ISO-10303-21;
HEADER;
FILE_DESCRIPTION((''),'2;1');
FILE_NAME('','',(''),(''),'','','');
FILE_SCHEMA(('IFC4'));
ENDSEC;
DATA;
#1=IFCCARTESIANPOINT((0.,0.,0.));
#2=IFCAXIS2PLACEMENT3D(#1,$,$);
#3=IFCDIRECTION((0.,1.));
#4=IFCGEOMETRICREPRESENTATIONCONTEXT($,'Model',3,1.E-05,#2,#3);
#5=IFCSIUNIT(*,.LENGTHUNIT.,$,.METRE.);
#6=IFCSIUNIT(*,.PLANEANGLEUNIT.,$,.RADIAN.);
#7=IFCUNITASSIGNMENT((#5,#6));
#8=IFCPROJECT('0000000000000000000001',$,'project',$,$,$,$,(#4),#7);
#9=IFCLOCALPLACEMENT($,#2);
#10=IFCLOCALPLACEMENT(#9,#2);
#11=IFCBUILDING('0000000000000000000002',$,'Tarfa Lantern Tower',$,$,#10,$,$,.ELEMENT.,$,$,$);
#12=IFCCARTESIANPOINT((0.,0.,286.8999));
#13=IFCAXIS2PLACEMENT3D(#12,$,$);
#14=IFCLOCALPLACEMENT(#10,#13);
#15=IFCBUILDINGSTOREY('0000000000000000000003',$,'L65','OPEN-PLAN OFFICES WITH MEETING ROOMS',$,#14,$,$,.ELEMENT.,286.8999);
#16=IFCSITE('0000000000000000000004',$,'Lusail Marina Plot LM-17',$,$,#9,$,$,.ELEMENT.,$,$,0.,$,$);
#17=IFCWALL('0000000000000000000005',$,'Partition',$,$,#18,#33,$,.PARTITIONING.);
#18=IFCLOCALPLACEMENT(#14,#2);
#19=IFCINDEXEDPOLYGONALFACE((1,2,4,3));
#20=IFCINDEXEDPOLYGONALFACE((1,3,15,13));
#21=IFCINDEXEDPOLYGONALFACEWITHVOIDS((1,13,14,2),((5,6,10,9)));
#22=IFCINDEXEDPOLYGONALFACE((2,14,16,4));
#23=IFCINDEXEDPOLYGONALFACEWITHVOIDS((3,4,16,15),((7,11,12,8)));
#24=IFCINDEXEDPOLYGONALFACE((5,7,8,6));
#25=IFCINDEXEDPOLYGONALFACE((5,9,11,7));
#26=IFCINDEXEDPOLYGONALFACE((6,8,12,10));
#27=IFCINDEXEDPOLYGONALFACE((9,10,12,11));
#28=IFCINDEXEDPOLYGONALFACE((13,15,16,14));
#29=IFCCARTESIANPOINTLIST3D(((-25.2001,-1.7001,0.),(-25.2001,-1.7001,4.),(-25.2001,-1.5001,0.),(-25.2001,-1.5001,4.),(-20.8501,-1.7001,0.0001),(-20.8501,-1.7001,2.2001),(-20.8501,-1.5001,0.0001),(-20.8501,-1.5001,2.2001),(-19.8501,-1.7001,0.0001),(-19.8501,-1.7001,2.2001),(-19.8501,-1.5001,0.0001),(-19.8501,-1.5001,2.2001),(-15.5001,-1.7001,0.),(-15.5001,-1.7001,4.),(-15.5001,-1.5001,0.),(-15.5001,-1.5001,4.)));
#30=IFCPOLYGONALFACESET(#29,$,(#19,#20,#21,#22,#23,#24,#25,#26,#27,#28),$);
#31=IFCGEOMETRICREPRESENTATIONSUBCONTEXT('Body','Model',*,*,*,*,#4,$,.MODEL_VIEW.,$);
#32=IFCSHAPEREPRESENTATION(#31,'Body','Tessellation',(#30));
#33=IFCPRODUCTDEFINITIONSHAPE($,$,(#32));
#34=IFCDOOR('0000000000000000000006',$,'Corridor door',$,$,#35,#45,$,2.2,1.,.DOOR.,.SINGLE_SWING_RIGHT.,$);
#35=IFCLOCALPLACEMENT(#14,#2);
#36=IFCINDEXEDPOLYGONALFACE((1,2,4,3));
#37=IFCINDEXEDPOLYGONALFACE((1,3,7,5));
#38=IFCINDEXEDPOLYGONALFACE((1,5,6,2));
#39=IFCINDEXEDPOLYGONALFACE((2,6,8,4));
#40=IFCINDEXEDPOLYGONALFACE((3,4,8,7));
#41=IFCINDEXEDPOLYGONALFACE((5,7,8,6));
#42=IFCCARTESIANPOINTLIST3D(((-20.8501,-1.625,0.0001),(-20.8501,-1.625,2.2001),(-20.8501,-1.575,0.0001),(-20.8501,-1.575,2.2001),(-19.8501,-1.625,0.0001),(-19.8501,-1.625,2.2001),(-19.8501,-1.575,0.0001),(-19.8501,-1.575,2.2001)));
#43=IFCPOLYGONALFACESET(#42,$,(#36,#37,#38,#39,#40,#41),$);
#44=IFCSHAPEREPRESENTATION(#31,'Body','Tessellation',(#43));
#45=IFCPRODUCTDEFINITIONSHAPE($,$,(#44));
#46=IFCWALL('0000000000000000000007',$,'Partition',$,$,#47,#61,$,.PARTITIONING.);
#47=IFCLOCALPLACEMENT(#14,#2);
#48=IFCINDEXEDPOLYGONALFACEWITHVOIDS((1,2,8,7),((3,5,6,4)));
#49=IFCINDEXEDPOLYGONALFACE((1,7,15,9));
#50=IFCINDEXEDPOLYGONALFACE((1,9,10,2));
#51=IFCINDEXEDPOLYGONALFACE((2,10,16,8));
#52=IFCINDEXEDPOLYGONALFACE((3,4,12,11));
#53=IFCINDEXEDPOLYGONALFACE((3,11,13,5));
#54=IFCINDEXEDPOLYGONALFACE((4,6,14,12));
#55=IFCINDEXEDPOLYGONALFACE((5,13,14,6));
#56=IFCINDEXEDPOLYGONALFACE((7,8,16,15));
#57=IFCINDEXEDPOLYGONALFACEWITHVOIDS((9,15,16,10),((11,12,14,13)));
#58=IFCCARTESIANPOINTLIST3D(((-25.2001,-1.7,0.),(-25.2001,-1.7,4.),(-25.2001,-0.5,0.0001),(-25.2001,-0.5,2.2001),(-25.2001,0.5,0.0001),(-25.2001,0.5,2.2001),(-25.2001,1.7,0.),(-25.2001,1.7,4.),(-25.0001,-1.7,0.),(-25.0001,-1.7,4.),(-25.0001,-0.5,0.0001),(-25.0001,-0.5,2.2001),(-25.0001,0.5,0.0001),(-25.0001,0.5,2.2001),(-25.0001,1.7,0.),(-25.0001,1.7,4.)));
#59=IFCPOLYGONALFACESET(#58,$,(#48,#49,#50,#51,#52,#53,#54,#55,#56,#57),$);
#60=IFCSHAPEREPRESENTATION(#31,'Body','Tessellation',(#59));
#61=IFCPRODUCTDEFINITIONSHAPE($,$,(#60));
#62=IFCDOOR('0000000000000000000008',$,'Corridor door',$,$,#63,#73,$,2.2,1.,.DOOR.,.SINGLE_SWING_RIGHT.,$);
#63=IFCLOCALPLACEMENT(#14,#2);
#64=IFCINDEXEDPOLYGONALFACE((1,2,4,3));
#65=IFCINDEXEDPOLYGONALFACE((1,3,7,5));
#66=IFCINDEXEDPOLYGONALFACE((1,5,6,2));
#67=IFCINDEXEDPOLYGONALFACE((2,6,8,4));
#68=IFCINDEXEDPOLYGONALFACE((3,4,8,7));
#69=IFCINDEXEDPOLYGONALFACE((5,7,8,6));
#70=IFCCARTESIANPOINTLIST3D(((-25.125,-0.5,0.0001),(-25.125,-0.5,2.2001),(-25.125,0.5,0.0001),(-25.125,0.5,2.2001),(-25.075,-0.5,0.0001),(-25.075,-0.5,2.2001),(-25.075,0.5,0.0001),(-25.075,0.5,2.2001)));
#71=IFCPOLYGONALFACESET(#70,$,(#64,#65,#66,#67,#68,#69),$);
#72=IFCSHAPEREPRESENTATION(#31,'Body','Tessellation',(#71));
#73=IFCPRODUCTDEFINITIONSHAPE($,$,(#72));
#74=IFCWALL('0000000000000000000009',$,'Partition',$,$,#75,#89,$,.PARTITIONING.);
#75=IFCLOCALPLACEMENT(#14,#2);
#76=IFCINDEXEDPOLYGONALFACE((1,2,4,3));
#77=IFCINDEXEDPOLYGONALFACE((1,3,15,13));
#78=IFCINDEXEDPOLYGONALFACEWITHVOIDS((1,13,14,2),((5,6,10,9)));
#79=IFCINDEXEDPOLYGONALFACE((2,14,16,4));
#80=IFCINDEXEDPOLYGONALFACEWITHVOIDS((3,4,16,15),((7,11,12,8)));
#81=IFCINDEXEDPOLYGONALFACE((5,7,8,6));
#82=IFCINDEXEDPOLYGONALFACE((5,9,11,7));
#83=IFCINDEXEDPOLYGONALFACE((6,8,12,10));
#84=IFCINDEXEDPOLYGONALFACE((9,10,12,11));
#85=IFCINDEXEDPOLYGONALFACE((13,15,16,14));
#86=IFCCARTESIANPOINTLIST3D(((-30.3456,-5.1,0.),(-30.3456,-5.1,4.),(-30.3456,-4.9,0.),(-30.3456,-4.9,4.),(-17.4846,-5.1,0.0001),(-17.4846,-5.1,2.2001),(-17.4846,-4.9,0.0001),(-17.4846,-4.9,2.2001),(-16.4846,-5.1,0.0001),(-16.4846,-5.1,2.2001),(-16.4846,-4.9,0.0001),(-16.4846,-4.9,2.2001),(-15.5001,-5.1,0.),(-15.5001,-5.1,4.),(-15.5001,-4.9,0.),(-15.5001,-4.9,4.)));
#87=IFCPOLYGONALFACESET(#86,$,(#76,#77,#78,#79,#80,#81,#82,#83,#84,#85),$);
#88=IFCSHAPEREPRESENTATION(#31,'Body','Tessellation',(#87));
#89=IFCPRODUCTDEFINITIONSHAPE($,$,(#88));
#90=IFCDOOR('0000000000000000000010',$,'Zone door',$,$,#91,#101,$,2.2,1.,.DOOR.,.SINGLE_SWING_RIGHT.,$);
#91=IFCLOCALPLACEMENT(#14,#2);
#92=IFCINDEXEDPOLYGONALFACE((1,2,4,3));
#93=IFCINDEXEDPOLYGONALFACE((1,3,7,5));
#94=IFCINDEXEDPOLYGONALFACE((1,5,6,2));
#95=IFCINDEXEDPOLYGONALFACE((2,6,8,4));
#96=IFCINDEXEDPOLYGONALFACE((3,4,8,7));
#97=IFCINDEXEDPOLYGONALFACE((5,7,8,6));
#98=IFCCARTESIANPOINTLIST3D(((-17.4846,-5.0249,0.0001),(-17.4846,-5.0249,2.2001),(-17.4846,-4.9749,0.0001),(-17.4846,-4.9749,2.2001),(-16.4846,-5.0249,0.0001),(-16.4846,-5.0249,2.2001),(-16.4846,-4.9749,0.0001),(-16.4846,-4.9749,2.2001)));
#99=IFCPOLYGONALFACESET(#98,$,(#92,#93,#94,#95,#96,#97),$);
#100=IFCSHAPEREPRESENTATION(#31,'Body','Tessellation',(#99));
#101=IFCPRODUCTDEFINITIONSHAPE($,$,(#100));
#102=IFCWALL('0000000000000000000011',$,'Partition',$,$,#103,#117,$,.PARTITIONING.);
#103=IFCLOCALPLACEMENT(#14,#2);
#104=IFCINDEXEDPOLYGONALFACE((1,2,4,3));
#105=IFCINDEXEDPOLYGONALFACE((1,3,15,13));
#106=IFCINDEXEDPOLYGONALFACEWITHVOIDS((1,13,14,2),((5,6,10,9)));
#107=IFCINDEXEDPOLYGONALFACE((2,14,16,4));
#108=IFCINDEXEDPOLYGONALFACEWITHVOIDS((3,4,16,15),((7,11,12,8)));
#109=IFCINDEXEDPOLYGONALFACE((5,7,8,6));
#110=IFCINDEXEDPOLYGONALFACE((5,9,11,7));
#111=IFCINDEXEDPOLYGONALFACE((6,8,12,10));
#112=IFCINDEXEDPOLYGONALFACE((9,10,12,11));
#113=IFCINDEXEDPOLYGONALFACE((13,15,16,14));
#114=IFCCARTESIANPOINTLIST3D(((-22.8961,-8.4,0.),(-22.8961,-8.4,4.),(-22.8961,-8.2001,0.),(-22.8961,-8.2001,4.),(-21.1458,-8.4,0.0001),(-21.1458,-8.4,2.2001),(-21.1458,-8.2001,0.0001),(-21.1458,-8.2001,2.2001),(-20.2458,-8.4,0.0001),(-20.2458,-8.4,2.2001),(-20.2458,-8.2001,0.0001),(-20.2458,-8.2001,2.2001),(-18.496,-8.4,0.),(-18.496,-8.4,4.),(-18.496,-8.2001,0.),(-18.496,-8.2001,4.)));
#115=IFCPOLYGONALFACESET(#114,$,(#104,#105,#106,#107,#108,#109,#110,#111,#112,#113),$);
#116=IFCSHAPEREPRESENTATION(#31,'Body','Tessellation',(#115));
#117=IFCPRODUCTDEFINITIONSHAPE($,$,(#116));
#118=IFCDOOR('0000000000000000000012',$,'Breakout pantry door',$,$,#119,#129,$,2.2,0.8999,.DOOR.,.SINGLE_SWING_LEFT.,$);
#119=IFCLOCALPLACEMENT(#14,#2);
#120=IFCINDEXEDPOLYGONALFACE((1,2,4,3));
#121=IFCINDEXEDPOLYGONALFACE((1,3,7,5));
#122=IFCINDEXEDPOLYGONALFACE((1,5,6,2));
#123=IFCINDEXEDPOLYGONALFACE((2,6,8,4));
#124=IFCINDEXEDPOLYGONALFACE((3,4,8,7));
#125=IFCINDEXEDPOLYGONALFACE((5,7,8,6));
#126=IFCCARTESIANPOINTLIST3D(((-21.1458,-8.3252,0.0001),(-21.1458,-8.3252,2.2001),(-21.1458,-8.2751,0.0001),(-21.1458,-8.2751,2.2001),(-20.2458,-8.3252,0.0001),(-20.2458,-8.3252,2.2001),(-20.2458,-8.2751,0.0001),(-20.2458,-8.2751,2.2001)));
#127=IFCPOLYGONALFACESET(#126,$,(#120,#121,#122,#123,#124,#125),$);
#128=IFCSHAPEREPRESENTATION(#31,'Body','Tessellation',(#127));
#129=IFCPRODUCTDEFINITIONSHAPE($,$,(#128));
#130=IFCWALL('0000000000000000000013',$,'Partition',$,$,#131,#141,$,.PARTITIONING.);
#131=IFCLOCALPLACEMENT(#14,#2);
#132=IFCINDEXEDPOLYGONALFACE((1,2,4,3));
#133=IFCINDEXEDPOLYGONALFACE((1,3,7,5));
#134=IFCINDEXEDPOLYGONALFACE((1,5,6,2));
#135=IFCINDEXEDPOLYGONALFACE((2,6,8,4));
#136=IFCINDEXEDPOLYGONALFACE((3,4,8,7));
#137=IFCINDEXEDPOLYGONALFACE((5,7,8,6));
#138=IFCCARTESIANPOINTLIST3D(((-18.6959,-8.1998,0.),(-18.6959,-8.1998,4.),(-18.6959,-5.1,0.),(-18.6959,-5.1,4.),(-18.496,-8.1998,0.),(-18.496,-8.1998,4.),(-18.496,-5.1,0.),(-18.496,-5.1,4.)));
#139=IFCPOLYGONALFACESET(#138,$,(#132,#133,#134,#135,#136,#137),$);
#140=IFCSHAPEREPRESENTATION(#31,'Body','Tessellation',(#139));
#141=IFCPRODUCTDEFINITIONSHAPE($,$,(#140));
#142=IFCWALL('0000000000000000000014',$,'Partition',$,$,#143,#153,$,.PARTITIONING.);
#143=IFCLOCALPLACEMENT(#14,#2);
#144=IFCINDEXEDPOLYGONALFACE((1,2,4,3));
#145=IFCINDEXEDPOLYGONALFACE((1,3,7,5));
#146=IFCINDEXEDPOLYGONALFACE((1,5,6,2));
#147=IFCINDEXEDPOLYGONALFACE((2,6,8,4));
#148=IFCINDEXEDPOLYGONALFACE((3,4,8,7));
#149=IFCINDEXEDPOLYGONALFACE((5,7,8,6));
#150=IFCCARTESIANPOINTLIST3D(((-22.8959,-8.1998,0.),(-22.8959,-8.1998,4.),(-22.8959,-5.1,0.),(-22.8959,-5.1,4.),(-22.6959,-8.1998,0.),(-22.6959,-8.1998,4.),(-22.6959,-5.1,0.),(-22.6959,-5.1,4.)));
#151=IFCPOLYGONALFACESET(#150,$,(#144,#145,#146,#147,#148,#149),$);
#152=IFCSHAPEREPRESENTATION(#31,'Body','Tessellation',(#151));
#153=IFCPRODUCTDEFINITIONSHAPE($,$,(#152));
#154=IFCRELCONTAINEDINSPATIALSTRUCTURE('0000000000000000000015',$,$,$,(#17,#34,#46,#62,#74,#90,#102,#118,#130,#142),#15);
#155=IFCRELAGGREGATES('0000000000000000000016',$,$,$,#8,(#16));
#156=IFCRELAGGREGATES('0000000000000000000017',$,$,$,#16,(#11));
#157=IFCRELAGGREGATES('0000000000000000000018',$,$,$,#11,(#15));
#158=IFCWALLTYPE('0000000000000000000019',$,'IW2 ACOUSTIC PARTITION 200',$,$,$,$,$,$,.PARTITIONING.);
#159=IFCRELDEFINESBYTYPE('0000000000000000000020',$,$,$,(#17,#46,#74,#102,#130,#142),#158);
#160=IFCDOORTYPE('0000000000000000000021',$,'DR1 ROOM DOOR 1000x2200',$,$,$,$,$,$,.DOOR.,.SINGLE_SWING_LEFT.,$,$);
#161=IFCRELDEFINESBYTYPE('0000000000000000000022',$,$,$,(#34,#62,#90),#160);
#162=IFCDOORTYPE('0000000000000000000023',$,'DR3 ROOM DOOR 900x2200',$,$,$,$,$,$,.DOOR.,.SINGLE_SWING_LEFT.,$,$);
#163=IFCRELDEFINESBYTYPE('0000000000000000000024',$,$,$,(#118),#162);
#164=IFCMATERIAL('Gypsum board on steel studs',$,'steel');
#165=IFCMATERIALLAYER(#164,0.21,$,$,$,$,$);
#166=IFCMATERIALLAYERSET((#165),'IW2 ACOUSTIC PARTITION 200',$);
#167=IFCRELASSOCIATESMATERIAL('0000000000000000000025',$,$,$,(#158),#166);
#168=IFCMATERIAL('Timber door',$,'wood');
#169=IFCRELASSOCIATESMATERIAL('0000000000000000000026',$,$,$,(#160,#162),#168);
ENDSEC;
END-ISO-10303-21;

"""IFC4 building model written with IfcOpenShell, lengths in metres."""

from ifc_helpers import new_model, si_unit, direction, frame, frame_2d, origin, place, context, subcontext, project, spatial, rectangle, extrude, material, layer, layer_set, type_object, element, fill, save


model = new_model("IFC4")

# Units and contexts
model_context = context("Model", 3, precision=1e-05, world=origin(), true_north=direction((0.0, 1.0)))
body_context = subcontext(model_context, "Body", "Model", "MODEL_VIEW")
ifc_project = project(units=[si_unit("LENGTHUNIT", "METRE"), si_unit("PLANEANGLEUNIT", "RADIAN")], contexts=[model_context])

# Site, building, storey
site_placement = place(None, origin())
site = spatial("IfcSite", under=ifc_project, at=site_placement, Name="Lusail Marina Plot LM-17", CompositionType="ELEMENT", RefElevation=0.0)
building_placement = place(site_placement, origin())
building = spatial("IfcBuilding", under=site, at=building_placement, Name="Tarfa Lantern Tower", CompositionType="ELEMENT")
storey_placement = place(building_placement, frame((0.0, 0.0, 286.8999)))
storey = spatial("IfcBuildingStorey", under=building, at=storey_placement, Name="L65", Description="OPEN-PLAN OFFICES WITH MEETING ROOMS", CompositionType="ELEMENT", Elevation=286.8999)

# Walls, openings, doors
ifc_material_1 = material(Name="Gypsum board on steel studs", Category="steel")
ifc_layer_1 = layer(ifc_material_1, 0.21)
ifc_layer_set_1 = layer_set([ifc_layer_1], Name="IW2 ACOUSTIC PARTITION 200")
wall_type_1 = type_object("IfcWallType", Name="IW2 ACOUSTIC PARTITION 200", PredefinedType="PARTITIONING", material=ifc_layer_set_1)
ifc_material_2 = material(Name="Timber door", Category="wood")
door_type_1 = type_object("IfcDoorType", Name="DR1 ROOM DOOR 1000x2200", OperationType="SINGLE_SWING_LEFT", PredefinedType="DOOR", material=ifc_material_2)
wall_1_placement = place(storey_placement, frame((-15.5, -1.6001, 0.0), z_axis=(0.0, 0.0, 1.0), x_axis=(-1.0, 0.0, 0.0)))
wall_1 = element("IfcWall", 1, at=wall_1_placement, inside=storey, type_object=wall_type_1, Name="Partition", PredefinedType="PARTITIONING", context=body_context, shape_type="SweptSolid", body=[
    extrude(rectangle(XDim=9.7, YDim=0.2, at=frame_2d((4.8501, 0.0))), origin(), (0.0, 0.0, 1.0), 4.0),
])
opening_1_placement = place(wall_1_placement, frame((4.3501, 0.0, 0.0)))
opening_1 = element("IfcOpeningElement", 2, at=opening_1_placement, cuts=wall_1, PredefinedType="OPENING", context=body_context, shape_type="SweptSolid", body=[
    extrude(rectangle(XDim=1.0, YDim=2.2, at=frame_2d((0.5, 1.1001))), frame((0.0, 0.1099, 0.0), z_axis=(0.0, -1.0, 0.0), x_axis=(1.0, 0.0, 0.0)), (0.0, 0.0, 1.0), 0.22),
])
door_1_placement = place(opening_1_placement, origin())
door_1 = element("IfcDoor", 3, at=door_1_placement, inside=storey, type_object=door_type_1, Name="Corridor door", OperationType="SINGLE_SWING_RIGHT", OverallHeight=2.2, OverallWidth=1.0, PredefinedType="DOOR", context=body_context, shape_type="SweptSolid", body=[
    extrude(rectangle(XDim=1.0, YDim=2.2, at=frame_2d((0.5, 1.1001))), frame((0.0, 0.0249, 0.0), z_axis=(0.0, -1.0, 0.0), x_axis=(1.0, 0.0, 0.0)), (0.0, 0.0, 1.0), 0.05),
])
fill(opening_1, door_1)
wall_2_placement = place(storey_placement, frame((-25.1001, -1.7, 0.0), z_axis=(0.0, 0.0, 1.0), x_axis=(0.0, 1.0, 0.0)))
wall_2 = element("IfcWall", 4, at=wall_2_placement, inside=storey, type_object=wall_type_1, Name="Partition", PredefinedType="PARTITIONING", context=body_context, shape_type="SweptSolid", body=[
    extrude(rectangle(XDim=3.3999, YDim=0.2, at=frame_2d((1.7, 0.0))), origin(), (0.0, 0.0, 1.0), 4.0),
])
opening_2_placement = place(wall_2_placement, frame((1.2, 0.0, 0.0)))
opening_2 = element("IfcOpeningElement", 5, at=opening_2_placement, cuts=wall_2, PredefinedType="OPENING", context=body_context, shape_type="SweptSolid", body=[
    extrude(rectangle(XDim=1.0, YDim=2.2, at=frame_2d((0.5, 1.1001))), frame((0.0, 0.1099, 0.0), z_axis=(0.0, -1.0, 0.0), x_axis=(1.0, 0.0, 0.0)), (0.0, 0.0, 1.0), 0.22),
])
door_2_placement = place(opening_2_placement, origin())
door_2 = element("IfcDoor", 6, at=door_2_placement, inside=storey, type_object=door_type_1, Name="Corridor door", OperationType="SINGLE_SWING_RIGHT", OverallHeight=2.2, OverallWidth=1.0, PredefinedType="DOOR", context=body_context, shape_type="SweptSolid", body=[
    extrude(rectangle(XDim=1.0, YDim=2.2, at=frame_2d((0.5, 1.1001))), frame((0.0, 0.0249, 0.0), z_axis=(0.0, -1.0, 0.0), x_axis=(1.0, 0.0, 0.0)), (0.0, 0.0, 1.0), 0.05),
])
fill(opening_2, door_2)
wall_3_placement = place(storey_placement, frame((-15.5, -5.0, 0.0), z_axis=(0.0, 0.0, 1.0), x_axis=(-1.0, 0.0, 0.0)))
wall_3 = element("IfcWall", 7, at=wall_3_placement, inside=storey, type_object=wall_type_1, Name="Partition", PredefinedType="PARTITIONING", context=body_context, shape_type="SweptSolid", body=[
    extrude(rectangle(XDim=14.8455, YDim=0.2, at=frame_2d((7.4229, 0.0))), origin(), (0.0, 0.0, 1.0), 4.0),
])
opening_3_placement = place(wall_3_placement, frame((0.9846, 0.0, 0.0)))
opening_3 = element("IfcOpeningElement", 8, at=opening_3_placement, cuts=wall_3, PredefinedType="OPENING", context=body_context, shape_type="SweptSolid", body=[
    extrude(rectangle(XDim=1.0, YDim=2.2, at=frame_2d((0.5, 1.1001))), frame((0.0, 0.1099, 0.0), z_axis=(0.0, -1.0, 0.0), x_axis=(1.0, 0.0, 0.0)), (0.0, 0.0, 1.0), 0.22),
])
door_3_placement = place(opening_3_placement, origin())
door_3 = element("IfcDoor", 9, at=door_3_placement, inside=storey, type_object=door_type_1, Name="Zone door", OperationType="SINGLE_SWING_RIGHT", OverallHeight=2.2, OverallWidth=1.0, PredefinedType="DOOR", context=body_context, shape_type="SweptSolid", body=[
    extrude(rectangle(XDim=1.0, YDim=2.2, at=frame_2d((0.5, 1.1001))), frame((0.0, 0.0249, 0.0), z_axis=(0.0, -1.0, 0.0), x_axis=(1.0, 0.0, 0.0)), (0.0, 0.0, 1.0), 0.05),
])
fill(opening_3, door_3)
wall_4_placement = place(storey_placement, frame((-18.4958, -8.3, 0.0), z_axis=(0.0, 0.0, 1.0), x_axis=(-1.0, 0.0, 0.0)))
wall_4 = element("IfcWall", 10, at=wall_4_placement, inside=storey, type_object=wall_type_1, Name="Partition", PredefinedType="PARTITIONING", context=body_context, shape_type="SweptSolid", body=[
    extrude(rectangle(XDim=4.4001, YDim=0.2, at=frame_2d((2.2002, 0.0))), origin(), (0.0, 0.0, 1.0), 4.0),
])
opening_4_placement = place(wall_4_placement, frame((1.75, 0.0, 0.0)))
opening_4 = element("IfcOpeningElement", 11, at=opening_4_placement, cuts=wall_4, PredefinedType="OPENING", context=body_context, shape_type="SweptSolid", body=[
    extrude(rectangle(XDim=0.8999, YDim=2.2, at=frame_2d((0.45, 1.1001))), frame((0.0, 0.1099, 0.0), z_axis=(0.0, -1.0, 0.0), x_axis=(1.0, 0.0, 0.0)), (0.0, 0.0, 1.0), 0.22),
])
door_type_2 = type_object("IfcDoorType", Name="DR3 ROOM DOOR 900x2200", OperationType="SINGLE_SWING_LEFT", PredefinedType="DOOR", material=ifc_material_2)
door_4_placement = place(opening_4_placement, frame((0.8999, 0.0, 0.0), z_axis=(0.0, 0.0, 1.0), x_axis=(-1.0, 0.0, 0.0)))
door_4 = element("IfcDoor", 12, at=door_4_placement, inside=storey, type_object=door_type_2, Name="Breakout pantry door", OperationType="SINGLE_SWING_LEFT", OverallHeight=2.2, OverallWidth=0.8999, PredefinedType="DOOR", context=body_context, shape_type="SweptSolid", body=[
    extrude(rectangle(XDim=0.8999, YDim=2.2, at=frame_2d((0.45, 1.1001))), frame((0.0, 0.0249, 0.0), z_axis=(0.0, -1.0, 0.0), x_axis=(1.0, 0.0, 0.0)), (0.0, 0.0, 1.0), 0.05),
])
fill(opening_4, door_4)

# Walls
for number, where, z_axis, x_axis, name in (
    (13, (-18.5959, -5.1001, 0.0), (0.0, 0.0, 1.0), (0.0, -1.0, 0.0), "Partition"),
    (14, (-22.7959, -5.1001, 0.0), (0.0, 0.0, 1.0), (0.0, -1.0, 0.0), "Partition"),
):
    element("IfcWall", number, at=place(storey_placement, frame(where, z_axis=z_axis, x_axis=x_axis)), inside=storey, type_object=wall_type_1, Name=name, PredefinedType="PARTITIONING", context=body_context, shape_type="SweptSolid", body=[
        extrude(rectangle(XDim=3.0999, YDim=0.2, at=frame_2d((1.5498, 0.0))), origin(), (0.0, 0.0, 1.0), 4.0),
    ])

save(model, "model.ifc")
